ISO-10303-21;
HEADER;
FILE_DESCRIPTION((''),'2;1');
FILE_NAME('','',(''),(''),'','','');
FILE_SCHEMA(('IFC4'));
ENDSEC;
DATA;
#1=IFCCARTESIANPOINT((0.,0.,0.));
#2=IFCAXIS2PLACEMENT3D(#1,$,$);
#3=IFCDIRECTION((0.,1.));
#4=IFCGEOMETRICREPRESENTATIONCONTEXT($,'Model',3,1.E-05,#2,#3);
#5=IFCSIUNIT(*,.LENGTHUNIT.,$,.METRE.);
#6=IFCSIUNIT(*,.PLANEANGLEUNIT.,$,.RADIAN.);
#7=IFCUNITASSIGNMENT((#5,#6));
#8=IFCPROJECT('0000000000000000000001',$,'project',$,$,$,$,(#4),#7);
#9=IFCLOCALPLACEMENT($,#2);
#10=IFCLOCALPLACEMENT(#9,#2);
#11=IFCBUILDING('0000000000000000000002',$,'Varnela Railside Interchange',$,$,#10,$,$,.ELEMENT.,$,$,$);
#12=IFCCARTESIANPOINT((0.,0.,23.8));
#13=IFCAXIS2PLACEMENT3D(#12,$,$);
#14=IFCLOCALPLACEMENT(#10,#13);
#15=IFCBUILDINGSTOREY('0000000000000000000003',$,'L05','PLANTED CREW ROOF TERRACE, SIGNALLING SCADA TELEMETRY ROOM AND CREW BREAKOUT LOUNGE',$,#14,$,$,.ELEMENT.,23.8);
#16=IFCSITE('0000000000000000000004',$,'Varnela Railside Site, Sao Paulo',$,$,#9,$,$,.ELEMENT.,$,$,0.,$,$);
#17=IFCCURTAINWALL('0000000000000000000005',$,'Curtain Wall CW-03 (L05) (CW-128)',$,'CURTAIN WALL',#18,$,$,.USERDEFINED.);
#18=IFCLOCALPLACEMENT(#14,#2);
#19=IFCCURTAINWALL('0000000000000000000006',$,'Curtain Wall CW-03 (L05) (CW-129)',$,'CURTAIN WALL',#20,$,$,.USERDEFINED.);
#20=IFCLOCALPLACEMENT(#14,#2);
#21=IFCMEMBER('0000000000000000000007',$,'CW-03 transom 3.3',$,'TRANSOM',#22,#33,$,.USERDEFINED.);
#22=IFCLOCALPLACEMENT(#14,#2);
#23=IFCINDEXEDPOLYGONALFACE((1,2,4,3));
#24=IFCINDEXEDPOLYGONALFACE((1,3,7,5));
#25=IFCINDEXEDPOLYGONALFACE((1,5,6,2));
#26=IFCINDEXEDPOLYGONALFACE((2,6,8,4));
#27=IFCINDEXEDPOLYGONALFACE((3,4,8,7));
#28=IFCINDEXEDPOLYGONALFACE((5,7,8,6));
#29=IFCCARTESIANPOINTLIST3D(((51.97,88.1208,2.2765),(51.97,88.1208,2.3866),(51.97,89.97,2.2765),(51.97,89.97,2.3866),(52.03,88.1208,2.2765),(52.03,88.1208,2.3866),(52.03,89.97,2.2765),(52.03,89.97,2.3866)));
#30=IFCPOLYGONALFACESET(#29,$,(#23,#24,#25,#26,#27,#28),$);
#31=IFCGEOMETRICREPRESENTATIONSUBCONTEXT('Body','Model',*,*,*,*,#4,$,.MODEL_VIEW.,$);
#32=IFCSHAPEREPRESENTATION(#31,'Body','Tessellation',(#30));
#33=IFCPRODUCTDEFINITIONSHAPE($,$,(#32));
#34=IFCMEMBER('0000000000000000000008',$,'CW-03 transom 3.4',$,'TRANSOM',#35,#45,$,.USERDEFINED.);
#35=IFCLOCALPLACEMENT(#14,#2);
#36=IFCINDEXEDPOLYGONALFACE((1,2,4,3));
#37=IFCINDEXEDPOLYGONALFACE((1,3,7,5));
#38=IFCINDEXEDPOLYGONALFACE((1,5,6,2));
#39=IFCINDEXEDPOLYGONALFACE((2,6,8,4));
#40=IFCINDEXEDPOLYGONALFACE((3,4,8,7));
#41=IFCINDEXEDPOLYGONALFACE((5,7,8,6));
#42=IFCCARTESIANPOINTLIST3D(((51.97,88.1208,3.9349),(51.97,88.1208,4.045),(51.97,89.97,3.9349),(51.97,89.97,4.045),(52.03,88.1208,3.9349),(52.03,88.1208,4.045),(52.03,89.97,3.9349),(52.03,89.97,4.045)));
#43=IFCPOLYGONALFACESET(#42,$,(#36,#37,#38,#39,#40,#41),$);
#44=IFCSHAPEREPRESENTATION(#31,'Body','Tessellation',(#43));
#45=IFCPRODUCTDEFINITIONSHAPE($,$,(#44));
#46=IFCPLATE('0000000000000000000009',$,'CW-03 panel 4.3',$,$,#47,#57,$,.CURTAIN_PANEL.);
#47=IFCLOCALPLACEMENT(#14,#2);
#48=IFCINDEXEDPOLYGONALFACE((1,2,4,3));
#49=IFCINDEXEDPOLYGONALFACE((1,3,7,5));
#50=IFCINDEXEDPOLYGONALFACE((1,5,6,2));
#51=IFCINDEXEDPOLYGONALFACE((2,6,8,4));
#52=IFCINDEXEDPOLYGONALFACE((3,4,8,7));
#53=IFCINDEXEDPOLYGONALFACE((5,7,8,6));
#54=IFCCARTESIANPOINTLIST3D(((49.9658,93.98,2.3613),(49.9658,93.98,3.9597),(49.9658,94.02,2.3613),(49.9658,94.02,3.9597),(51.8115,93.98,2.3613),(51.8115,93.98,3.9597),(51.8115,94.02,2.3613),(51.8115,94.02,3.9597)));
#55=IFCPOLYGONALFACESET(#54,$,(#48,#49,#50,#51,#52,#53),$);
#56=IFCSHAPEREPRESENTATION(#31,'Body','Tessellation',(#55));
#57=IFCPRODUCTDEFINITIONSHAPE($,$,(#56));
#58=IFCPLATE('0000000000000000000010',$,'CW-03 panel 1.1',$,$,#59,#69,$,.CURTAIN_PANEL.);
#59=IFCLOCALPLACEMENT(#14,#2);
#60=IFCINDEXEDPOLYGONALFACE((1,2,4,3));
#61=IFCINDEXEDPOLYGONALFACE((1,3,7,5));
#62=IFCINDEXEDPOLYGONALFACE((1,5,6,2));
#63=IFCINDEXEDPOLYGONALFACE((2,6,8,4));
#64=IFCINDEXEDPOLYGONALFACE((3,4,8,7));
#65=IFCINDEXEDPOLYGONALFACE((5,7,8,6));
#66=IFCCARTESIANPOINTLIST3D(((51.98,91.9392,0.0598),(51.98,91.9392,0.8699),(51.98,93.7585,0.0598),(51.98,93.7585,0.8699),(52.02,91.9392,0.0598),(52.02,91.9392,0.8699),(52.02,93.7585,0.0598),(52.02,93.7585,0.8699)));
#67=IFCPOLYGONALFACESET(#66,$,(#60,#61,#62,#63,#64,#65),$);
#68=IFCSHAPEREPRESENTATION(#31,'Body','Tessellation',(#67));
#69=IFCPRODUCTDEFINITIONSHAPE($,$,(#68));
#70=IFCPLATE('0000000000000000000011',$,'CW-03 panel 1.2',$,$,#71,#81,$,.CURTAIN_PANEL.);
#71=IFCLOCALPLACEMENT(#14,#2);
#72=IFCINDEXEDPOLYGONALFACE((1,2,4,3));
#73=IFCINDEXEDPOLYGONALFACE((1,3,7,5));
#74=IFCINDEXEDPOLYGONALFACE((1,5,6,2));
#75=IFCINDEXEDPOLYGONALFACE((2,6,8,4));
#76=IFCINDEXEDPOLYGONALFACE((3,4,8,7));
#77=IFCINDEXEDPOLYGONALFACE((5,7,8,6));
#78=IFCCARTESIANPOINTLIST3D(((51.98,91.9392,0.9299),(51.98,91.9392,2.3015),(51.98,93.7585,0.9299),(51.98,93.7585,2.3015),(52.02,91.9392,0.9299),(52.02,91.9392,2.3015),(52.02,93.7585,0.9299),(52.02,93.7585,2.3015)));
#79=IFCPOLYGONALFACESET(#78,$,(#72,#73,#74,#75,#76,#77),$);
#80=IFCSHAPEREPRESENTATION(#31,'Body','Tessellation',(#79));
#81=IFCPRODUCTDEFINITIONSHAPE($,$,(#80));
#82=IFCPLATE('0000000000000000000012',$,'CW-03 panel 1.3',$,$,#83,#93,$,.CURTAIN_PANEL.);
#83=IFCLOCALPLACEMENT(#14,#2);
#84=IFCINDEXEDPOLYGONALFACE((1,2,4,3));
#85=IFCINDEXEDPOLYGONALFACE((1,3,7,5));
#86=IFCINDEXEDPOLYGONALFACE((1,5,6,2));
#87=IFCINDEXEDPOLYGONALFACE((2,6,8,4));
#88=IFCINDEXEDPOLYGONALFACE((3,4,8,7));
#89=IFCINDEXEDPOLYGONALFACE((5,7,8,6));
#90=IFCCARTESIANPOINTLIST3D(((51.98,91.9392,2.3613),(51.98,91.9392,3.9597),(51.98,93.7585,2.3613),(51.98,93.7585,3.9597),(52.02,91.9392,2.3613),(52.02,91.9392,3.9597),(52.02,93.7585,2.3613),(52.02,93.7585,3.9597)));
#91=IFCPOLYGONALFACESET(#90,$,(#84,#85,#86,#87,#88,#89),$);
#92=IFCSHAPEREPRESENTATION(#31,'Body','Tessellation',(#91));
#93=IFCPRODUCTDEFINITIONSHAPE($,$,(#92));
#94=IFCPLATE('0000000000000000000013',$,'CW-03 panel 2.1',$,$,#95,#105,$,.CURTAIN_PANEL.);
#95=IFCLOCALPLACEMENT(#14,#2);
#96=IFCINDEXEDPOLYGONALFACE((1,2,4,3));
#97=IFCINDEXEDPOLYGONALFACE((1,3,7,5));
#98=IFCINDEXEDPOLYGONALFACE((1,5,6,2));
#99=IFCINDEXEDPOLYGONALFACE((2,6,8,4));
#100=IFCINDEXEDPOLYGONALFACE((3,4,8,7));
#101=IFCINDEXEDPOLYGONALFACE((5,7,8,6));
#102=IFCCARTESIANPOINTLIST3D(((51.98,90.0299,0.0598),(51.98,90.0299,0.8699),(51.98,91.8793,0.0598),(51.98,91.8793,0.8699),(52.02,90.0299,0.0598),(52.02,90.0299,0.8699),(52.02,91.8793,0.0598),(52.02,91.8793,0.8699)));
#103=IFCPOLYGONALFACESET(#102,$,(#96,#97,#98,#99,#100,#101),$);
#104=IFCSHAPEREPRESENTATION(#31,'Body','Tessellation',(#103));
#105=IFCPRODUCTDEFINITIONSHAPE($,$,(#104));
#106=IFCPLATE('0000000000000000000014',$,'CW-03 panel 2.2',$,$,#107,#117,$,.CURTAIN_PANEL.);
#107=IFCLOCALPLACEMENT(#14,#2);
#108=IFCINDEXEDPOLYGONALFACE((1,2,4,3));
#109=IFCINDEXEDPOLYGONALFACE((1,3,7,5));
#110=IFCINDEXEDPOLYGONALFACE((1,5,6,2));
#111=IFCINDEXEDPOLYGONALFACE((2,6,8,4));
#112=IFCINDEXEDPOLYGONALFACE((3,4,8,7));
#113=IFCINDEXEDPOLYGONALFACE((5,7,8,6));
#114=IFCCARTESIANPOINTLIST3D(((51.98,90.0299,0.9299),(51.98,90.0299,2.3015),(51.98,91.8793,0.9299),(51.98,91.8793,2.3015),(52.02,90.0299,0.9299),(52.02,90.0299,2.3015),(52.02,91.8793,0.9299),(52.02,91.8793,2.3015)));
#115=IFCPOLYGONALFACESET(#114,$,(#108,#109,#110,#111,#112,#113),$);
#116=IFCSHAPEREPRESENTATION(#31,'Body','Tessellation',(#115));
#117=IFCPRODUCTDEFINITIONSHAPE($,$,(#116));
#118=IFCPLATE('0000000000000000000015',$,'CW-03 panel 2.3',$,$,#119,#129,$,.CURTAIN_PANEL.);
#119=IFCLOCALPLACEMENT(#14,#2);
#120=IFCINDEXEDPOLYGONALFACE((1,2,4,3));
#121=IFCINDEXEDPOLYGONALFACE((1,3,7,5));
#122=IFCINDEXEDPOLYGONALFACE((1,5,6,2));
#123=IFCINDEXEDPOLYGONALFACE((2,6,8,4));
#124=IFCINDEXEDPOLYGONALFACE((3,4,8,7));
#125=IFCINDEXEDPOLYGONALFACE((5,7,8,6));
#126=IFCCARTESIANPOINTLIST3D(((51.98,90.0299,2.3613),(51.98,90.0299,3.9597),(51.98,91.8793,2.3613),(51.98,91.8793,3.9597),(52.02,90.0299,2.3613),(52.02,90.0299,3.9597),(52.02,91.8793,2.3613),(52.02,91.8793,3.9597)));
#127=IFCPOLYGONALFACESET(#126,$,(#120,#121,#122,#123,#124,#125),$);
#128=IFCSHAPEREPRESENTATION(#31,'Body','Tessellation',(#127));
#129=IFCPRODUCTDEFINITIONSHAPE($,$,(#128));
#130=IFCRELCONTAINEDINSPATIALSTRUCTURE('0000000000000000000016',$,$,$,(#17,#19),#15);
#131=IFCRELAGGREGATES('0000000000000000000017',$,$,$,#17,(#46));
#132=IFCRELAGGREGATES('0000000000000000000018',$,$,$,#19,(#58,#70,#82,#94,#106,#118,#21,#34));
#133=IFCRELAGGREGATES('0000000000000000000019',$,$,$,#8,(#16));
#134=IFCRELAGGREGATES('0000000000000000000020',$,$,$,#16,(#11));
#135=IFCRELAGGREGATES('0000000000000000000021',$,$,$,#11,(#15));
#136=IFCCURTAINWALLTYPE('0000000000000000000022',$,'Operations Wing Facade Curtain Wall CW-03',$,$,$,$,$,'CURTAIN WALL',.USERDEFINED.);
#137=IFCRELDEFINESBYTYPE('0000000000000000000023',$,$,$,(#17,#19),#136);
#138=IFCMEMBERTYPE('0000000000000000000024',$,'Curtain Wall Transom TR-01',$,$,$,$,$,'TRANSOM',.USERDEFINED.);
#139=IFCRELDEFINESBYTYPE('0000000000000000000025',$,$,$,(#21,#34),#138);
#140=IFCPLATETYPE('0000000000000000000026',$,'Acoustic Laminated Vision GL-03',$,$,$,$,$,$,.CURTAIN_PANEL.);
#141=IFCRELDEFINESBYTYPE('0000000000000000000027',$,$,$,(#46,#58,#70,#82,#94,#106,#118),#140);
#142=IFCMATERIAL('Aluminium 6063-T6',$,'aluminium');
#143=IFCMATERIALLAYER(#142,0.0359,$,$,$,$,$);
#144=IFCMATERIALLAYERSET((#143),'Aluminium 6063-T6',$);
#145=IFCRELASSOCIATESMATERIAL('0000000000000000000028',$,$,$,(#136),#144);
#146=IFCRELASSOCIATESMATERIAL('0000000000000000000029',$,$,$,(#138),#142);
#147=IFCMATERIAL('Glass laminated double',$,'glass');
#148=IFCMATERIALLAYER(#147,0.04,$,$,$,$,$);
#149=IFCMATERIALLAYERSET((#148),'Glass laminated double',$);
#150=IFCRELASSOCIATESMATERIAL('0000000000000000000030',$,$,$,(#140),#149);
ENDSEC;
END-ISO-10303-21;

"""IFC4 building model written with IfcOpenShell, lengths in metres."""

from ifc_helpers import new_model, si_unit, direction, frame, origin, origin_2d, place, context, subcontext, project, spatial, rectangle, extrude, material, layer, layer_set, material_profile, profile_set, type_object, element, aggregate, save


model = new_model("IFC4")

# Units and contexts
model_context = context("Model", 3, precision=1e-05, world=origin(), true_north=direction((0.0, 1.0)))
body_context = subcontext(model_context, "Body", "Model", "MODEL_VIEW")
ifc_project = project(units=[si_unit("LENGTHUNIT", "METRE"), si_unit("PLANEANGLEUNIT", "RADIAN")], contexts=[model_context])

# Site, building, storey
site_placement = place(None, origin())
site = spatial("IfcSite", under=ifc_project, at=site_placement, Name="Varnela Railside Site, Sao Paulo", CompositionType="ELEMENT", RefElevation=0.0)
building_placement = place(site_placement, origin())
building = spatial("IfcBuilding", under=site, at=building_placement, Name="Varnela Railside Interchange", CompositionType="ELEMENT")
storey_placement = place(building_placement, frame((0.0, 0.0, 23.8)))
storey = spatial("IfcBuildingStorey", under=building, at=storey_placement, Name="L05", Description="PLANTED CREW ROOF TERRACE, SIGNALLING SCADA TELEMETRY ROOM AND CREW BREAKOUT LOUNGE", CompositionType="ELEMENT", Elevation=23.8)

# Curtain wall
ifc_material_1 = material(Name="Aluminium 6063-T6", Category="aluminium")
ifc_layer_1 = layer(ifc_material_1, 0.0359)
ifc_layer_set_1 = layer_set([ifc_layer_1], Name="Aluminium 6063-T6")
curtain_wall_type = type_object("IfcCurtainWallType", Name="Operations Wing Facade Curtain Wall CW-03", ElementType="CURTAIN WALL", PredefinedType="USERDEFINED", material=ifc_layer_set_1)
curtain_wall_1_placement = place(storey_placement, origin())
curtain_wall_1 = element("IfcCurtainWall", 1, at=curtain_wall_1_placement, inside=storey, type_object=curtain_wall_type, Name="Curtain Wall CW-03 (L05) (CW-128)", ObjectType="CURTAIN WALL", PredefinedType="USERDEFINED")

# Curtain wall, members
curtain_wall_2_placement = place(storey_placement, origin())
curtain_wall_2 = element("IfcCurtainWall", 2, at=curtain_wall_2_placement, inside=storey, type_object=curtain_wall_type, Name="Curtain Wall CW-03 (L05) (CW-129)", ObjectType="CURTAIN WALL", PredefinedType="USERDEFINED")
ifc_material_profile_1 = material_profile(ifc_material_1, rectangle(XDim=0.0601, YDim=0.1101, at=origin_2d()), Name="ALU 60x110")
ifc_profile_set_1 = profile_set([ifc_material_profile_1], Name="Aluminium 6063-T6")
member_type_1 = type_object("IfcMemberType", Name="Curtain Wall Transom TR-01", ElementType="TRANSOM", PredefinedType="USERDEFINED", material=ifc_profile_set_1)
member_1_placement = place(storey_placement, frame((52.0, 89.97, 2.3315), z_axis=(0.0, -1.0, 0.0), x_axis=(1.0, 0.0, 0.0)))
member_1 = element("IfcMember", 3, at=member_1_placement, type_object=member_type_1, Name="CW-03 transom 3.3", ObjectType="TRANSOM", PredefinedType="USERDEFINED", context=body_context, shape_type="SweptSolid", body=[
    extrude(rectangle(XDim=0.0601, YDim=0.1101, at=origin_2d()), origin(), (0.0, 0.0, 1.0), 1.8491),
])
member_2_placement = place(storey_placement, frame((52.0, 89.97, 3.99), z_axis=(0.0, -1.0, 0.0), x_axis=(1.0, 0.0, 0.0)))
member_2 = element("IfcMember", 4, at=member_2_placement, type_object=member_type_1, Name="CW-03 transom 3.4", ObjectType="TRANSOM", PredefinedType="USERDEFINED", context=body_context, shape_type="SweptSolid", body=[
    extrude(rectangle(XDim=0.0601, YDim=0.1101, at=origin_2d()), origin(), (0.0, 0.0, 1.0), 1.8491),
])

# Plates
ifc_material_2 = material(Name="Glass laminated double", Category="glass")
ifc_layer_2 = layer(ifc_material_2, 0.04)
ifc_layer_set_2 = layer_set([ifc_layer_2], Name="Glass laminated double")
plate_type = type_object("IfcPlateType", Name="Acoustic Laminated Vision GL-03", PredefinedType="CURTAIN_PANEL", material=ifc_layer_set_2)
plate_1_placement = place(storey_placement, frame((50.8887, 94.0, 2.3613), z_axis=(0.0, 0.0, 1.0), x_axis=(1.0, 0.0, 0.0)))
plate_1 = element("IfcPlate", 5, at=plate_1_placement, type_object=plate_type, Name="CW-03 panel 4.3", PredefinedType="CURTAIN_PANEL", context=body_context, shape_type="SweptSolid", body=[
    extrude(rectangle(XDim=1.8457, YDim=0.04, at=origin_2d()), origin(), (0.0, 0.0, 1.0), 1.5984),
])
aggregate(curtain_wall_1, [plate_1])
plate_2_placement = place(storey_placement, frame((52.0, 92.8489, 0.0598), z_axis=(0.0, 0.0, 1.0), x_axis=(0.0, -1.0, 0.0)))
plate_2 = element("IfcPlate", 6, at=plate_2_placement, type_object=plate_type, Name="CW-03 panel 1.1", PredefinedType="CURTAIN_PANEL", context=body_context, shape_type="SweptSolid", body=[
    extrude(rectangle(XDim=1.8193, YDim=0.04, at=origin_2d()), origin(), (0.0, 0.0, 1.0), 0.8101),
])
plate_3_placement = place(storey_placement, frame((52.0, 92.8489, 0.9299), z_axis=(0.0, 0.0, 1.0), x_axis=(0.0, -1.0, 0.0)))
plate_3 = element("IfcPlate", 7, at=plate_3_placement, type_object=plate_type, Name="CW-03 panel 1.2", PredefinedType="CURTAIN_PANEL", context=body_context, shape_type="SweptSolid", body=[
    extrude(rectangle(XDim=1.8193, YDim=0.04, at=origin_2d()), origin(), (0.0, 0.0, 1.0), 1.3716),
])
plate_4_placement = place(storey_placement, frame((52.0, 92.8489, 2.3613), z_axis=(0.0, 0.0, 1.0), x_axis=(0.0, -1.0, 0.0)))
plate_4 = element("IfcPlate", 8, at=plate_4_placement, type_object=plate_type, Name="CW-03 panel 1.3", PredefinedType="CURTAIN_PANEL", context=body_context, shape_type="SweptSolid", body=[
    extrude(rectangle(XDim=1.8193, YDim=0.04, at=origin_2d()), origin(), (0.0, 0.0, 1.0), 1.5984),
])
plate_5_placement = place(storey_placement, frame((52.0, 90.9546, 0.0598), z_axis=(0.0, 0.0, 1.0), x_axis=(0.0, -1.0, 0.0)))
plate_5 = element("IfcPlate", 9, at=plate_5_placement, type_object=plate_type, Name="CW-03 panel 2.1", PredefinedType="CURTAIN_PANEL", context=body_context, shape_type="SweptSolid", body=[
    extrude(rectangle(XDim=1.8494, YDim=0.04, at=origin_2d()), origin(), (0.0, 0.0, 1.0), 0.8101),
])
plate_6_placement = place(storey_placement, frame((52.0, 90.9546, 0.9299), z_axis=(0.0, 0.0, 1.0), x_axis=(0.0, -1.0, 0.0)))
plate_6 = element("IfcPlate", 10, at=plate_6_placement, type_object=plate_type, Name="CW-03 panel 2.2", PredefinedType="CURTAIN_PANEL", context=body_context, shape_type="SweptSolid", body=[
    extrude(rectangle(XDim=1.8494, YDim=0.04, at=origin_2d()), origin(), (0.0, 0.0, 1.0), 1.3716),
])
plate_7_placement = place(storey_placement, frame((52.0, 90.9546, 2.3613), z_axis=(0.0, 0.0, 1.0), x_axis=(0.0, -1.0, 0.0)))
plate_7 = element("IfcPlate", 11, at=plate_7_placement, type_object=plate_type, Name="CW-03 panel 2.3", PredefinedType="CURTAIN_PANEL", context=body_context, shape_type="SweptSolid", body=[
    extrude(rectangle(XDim=1.8494, YDim=0.04, at=origin_2d()), origin(), (0.0, 0.0, 1.0), 1.5984),
])
aggregate(curtain_wall_2, [plate_2, plate_3, plate_4, plate_5, plate_6, plate_7, member_1, member_2])

save(model, "model.ifc")
